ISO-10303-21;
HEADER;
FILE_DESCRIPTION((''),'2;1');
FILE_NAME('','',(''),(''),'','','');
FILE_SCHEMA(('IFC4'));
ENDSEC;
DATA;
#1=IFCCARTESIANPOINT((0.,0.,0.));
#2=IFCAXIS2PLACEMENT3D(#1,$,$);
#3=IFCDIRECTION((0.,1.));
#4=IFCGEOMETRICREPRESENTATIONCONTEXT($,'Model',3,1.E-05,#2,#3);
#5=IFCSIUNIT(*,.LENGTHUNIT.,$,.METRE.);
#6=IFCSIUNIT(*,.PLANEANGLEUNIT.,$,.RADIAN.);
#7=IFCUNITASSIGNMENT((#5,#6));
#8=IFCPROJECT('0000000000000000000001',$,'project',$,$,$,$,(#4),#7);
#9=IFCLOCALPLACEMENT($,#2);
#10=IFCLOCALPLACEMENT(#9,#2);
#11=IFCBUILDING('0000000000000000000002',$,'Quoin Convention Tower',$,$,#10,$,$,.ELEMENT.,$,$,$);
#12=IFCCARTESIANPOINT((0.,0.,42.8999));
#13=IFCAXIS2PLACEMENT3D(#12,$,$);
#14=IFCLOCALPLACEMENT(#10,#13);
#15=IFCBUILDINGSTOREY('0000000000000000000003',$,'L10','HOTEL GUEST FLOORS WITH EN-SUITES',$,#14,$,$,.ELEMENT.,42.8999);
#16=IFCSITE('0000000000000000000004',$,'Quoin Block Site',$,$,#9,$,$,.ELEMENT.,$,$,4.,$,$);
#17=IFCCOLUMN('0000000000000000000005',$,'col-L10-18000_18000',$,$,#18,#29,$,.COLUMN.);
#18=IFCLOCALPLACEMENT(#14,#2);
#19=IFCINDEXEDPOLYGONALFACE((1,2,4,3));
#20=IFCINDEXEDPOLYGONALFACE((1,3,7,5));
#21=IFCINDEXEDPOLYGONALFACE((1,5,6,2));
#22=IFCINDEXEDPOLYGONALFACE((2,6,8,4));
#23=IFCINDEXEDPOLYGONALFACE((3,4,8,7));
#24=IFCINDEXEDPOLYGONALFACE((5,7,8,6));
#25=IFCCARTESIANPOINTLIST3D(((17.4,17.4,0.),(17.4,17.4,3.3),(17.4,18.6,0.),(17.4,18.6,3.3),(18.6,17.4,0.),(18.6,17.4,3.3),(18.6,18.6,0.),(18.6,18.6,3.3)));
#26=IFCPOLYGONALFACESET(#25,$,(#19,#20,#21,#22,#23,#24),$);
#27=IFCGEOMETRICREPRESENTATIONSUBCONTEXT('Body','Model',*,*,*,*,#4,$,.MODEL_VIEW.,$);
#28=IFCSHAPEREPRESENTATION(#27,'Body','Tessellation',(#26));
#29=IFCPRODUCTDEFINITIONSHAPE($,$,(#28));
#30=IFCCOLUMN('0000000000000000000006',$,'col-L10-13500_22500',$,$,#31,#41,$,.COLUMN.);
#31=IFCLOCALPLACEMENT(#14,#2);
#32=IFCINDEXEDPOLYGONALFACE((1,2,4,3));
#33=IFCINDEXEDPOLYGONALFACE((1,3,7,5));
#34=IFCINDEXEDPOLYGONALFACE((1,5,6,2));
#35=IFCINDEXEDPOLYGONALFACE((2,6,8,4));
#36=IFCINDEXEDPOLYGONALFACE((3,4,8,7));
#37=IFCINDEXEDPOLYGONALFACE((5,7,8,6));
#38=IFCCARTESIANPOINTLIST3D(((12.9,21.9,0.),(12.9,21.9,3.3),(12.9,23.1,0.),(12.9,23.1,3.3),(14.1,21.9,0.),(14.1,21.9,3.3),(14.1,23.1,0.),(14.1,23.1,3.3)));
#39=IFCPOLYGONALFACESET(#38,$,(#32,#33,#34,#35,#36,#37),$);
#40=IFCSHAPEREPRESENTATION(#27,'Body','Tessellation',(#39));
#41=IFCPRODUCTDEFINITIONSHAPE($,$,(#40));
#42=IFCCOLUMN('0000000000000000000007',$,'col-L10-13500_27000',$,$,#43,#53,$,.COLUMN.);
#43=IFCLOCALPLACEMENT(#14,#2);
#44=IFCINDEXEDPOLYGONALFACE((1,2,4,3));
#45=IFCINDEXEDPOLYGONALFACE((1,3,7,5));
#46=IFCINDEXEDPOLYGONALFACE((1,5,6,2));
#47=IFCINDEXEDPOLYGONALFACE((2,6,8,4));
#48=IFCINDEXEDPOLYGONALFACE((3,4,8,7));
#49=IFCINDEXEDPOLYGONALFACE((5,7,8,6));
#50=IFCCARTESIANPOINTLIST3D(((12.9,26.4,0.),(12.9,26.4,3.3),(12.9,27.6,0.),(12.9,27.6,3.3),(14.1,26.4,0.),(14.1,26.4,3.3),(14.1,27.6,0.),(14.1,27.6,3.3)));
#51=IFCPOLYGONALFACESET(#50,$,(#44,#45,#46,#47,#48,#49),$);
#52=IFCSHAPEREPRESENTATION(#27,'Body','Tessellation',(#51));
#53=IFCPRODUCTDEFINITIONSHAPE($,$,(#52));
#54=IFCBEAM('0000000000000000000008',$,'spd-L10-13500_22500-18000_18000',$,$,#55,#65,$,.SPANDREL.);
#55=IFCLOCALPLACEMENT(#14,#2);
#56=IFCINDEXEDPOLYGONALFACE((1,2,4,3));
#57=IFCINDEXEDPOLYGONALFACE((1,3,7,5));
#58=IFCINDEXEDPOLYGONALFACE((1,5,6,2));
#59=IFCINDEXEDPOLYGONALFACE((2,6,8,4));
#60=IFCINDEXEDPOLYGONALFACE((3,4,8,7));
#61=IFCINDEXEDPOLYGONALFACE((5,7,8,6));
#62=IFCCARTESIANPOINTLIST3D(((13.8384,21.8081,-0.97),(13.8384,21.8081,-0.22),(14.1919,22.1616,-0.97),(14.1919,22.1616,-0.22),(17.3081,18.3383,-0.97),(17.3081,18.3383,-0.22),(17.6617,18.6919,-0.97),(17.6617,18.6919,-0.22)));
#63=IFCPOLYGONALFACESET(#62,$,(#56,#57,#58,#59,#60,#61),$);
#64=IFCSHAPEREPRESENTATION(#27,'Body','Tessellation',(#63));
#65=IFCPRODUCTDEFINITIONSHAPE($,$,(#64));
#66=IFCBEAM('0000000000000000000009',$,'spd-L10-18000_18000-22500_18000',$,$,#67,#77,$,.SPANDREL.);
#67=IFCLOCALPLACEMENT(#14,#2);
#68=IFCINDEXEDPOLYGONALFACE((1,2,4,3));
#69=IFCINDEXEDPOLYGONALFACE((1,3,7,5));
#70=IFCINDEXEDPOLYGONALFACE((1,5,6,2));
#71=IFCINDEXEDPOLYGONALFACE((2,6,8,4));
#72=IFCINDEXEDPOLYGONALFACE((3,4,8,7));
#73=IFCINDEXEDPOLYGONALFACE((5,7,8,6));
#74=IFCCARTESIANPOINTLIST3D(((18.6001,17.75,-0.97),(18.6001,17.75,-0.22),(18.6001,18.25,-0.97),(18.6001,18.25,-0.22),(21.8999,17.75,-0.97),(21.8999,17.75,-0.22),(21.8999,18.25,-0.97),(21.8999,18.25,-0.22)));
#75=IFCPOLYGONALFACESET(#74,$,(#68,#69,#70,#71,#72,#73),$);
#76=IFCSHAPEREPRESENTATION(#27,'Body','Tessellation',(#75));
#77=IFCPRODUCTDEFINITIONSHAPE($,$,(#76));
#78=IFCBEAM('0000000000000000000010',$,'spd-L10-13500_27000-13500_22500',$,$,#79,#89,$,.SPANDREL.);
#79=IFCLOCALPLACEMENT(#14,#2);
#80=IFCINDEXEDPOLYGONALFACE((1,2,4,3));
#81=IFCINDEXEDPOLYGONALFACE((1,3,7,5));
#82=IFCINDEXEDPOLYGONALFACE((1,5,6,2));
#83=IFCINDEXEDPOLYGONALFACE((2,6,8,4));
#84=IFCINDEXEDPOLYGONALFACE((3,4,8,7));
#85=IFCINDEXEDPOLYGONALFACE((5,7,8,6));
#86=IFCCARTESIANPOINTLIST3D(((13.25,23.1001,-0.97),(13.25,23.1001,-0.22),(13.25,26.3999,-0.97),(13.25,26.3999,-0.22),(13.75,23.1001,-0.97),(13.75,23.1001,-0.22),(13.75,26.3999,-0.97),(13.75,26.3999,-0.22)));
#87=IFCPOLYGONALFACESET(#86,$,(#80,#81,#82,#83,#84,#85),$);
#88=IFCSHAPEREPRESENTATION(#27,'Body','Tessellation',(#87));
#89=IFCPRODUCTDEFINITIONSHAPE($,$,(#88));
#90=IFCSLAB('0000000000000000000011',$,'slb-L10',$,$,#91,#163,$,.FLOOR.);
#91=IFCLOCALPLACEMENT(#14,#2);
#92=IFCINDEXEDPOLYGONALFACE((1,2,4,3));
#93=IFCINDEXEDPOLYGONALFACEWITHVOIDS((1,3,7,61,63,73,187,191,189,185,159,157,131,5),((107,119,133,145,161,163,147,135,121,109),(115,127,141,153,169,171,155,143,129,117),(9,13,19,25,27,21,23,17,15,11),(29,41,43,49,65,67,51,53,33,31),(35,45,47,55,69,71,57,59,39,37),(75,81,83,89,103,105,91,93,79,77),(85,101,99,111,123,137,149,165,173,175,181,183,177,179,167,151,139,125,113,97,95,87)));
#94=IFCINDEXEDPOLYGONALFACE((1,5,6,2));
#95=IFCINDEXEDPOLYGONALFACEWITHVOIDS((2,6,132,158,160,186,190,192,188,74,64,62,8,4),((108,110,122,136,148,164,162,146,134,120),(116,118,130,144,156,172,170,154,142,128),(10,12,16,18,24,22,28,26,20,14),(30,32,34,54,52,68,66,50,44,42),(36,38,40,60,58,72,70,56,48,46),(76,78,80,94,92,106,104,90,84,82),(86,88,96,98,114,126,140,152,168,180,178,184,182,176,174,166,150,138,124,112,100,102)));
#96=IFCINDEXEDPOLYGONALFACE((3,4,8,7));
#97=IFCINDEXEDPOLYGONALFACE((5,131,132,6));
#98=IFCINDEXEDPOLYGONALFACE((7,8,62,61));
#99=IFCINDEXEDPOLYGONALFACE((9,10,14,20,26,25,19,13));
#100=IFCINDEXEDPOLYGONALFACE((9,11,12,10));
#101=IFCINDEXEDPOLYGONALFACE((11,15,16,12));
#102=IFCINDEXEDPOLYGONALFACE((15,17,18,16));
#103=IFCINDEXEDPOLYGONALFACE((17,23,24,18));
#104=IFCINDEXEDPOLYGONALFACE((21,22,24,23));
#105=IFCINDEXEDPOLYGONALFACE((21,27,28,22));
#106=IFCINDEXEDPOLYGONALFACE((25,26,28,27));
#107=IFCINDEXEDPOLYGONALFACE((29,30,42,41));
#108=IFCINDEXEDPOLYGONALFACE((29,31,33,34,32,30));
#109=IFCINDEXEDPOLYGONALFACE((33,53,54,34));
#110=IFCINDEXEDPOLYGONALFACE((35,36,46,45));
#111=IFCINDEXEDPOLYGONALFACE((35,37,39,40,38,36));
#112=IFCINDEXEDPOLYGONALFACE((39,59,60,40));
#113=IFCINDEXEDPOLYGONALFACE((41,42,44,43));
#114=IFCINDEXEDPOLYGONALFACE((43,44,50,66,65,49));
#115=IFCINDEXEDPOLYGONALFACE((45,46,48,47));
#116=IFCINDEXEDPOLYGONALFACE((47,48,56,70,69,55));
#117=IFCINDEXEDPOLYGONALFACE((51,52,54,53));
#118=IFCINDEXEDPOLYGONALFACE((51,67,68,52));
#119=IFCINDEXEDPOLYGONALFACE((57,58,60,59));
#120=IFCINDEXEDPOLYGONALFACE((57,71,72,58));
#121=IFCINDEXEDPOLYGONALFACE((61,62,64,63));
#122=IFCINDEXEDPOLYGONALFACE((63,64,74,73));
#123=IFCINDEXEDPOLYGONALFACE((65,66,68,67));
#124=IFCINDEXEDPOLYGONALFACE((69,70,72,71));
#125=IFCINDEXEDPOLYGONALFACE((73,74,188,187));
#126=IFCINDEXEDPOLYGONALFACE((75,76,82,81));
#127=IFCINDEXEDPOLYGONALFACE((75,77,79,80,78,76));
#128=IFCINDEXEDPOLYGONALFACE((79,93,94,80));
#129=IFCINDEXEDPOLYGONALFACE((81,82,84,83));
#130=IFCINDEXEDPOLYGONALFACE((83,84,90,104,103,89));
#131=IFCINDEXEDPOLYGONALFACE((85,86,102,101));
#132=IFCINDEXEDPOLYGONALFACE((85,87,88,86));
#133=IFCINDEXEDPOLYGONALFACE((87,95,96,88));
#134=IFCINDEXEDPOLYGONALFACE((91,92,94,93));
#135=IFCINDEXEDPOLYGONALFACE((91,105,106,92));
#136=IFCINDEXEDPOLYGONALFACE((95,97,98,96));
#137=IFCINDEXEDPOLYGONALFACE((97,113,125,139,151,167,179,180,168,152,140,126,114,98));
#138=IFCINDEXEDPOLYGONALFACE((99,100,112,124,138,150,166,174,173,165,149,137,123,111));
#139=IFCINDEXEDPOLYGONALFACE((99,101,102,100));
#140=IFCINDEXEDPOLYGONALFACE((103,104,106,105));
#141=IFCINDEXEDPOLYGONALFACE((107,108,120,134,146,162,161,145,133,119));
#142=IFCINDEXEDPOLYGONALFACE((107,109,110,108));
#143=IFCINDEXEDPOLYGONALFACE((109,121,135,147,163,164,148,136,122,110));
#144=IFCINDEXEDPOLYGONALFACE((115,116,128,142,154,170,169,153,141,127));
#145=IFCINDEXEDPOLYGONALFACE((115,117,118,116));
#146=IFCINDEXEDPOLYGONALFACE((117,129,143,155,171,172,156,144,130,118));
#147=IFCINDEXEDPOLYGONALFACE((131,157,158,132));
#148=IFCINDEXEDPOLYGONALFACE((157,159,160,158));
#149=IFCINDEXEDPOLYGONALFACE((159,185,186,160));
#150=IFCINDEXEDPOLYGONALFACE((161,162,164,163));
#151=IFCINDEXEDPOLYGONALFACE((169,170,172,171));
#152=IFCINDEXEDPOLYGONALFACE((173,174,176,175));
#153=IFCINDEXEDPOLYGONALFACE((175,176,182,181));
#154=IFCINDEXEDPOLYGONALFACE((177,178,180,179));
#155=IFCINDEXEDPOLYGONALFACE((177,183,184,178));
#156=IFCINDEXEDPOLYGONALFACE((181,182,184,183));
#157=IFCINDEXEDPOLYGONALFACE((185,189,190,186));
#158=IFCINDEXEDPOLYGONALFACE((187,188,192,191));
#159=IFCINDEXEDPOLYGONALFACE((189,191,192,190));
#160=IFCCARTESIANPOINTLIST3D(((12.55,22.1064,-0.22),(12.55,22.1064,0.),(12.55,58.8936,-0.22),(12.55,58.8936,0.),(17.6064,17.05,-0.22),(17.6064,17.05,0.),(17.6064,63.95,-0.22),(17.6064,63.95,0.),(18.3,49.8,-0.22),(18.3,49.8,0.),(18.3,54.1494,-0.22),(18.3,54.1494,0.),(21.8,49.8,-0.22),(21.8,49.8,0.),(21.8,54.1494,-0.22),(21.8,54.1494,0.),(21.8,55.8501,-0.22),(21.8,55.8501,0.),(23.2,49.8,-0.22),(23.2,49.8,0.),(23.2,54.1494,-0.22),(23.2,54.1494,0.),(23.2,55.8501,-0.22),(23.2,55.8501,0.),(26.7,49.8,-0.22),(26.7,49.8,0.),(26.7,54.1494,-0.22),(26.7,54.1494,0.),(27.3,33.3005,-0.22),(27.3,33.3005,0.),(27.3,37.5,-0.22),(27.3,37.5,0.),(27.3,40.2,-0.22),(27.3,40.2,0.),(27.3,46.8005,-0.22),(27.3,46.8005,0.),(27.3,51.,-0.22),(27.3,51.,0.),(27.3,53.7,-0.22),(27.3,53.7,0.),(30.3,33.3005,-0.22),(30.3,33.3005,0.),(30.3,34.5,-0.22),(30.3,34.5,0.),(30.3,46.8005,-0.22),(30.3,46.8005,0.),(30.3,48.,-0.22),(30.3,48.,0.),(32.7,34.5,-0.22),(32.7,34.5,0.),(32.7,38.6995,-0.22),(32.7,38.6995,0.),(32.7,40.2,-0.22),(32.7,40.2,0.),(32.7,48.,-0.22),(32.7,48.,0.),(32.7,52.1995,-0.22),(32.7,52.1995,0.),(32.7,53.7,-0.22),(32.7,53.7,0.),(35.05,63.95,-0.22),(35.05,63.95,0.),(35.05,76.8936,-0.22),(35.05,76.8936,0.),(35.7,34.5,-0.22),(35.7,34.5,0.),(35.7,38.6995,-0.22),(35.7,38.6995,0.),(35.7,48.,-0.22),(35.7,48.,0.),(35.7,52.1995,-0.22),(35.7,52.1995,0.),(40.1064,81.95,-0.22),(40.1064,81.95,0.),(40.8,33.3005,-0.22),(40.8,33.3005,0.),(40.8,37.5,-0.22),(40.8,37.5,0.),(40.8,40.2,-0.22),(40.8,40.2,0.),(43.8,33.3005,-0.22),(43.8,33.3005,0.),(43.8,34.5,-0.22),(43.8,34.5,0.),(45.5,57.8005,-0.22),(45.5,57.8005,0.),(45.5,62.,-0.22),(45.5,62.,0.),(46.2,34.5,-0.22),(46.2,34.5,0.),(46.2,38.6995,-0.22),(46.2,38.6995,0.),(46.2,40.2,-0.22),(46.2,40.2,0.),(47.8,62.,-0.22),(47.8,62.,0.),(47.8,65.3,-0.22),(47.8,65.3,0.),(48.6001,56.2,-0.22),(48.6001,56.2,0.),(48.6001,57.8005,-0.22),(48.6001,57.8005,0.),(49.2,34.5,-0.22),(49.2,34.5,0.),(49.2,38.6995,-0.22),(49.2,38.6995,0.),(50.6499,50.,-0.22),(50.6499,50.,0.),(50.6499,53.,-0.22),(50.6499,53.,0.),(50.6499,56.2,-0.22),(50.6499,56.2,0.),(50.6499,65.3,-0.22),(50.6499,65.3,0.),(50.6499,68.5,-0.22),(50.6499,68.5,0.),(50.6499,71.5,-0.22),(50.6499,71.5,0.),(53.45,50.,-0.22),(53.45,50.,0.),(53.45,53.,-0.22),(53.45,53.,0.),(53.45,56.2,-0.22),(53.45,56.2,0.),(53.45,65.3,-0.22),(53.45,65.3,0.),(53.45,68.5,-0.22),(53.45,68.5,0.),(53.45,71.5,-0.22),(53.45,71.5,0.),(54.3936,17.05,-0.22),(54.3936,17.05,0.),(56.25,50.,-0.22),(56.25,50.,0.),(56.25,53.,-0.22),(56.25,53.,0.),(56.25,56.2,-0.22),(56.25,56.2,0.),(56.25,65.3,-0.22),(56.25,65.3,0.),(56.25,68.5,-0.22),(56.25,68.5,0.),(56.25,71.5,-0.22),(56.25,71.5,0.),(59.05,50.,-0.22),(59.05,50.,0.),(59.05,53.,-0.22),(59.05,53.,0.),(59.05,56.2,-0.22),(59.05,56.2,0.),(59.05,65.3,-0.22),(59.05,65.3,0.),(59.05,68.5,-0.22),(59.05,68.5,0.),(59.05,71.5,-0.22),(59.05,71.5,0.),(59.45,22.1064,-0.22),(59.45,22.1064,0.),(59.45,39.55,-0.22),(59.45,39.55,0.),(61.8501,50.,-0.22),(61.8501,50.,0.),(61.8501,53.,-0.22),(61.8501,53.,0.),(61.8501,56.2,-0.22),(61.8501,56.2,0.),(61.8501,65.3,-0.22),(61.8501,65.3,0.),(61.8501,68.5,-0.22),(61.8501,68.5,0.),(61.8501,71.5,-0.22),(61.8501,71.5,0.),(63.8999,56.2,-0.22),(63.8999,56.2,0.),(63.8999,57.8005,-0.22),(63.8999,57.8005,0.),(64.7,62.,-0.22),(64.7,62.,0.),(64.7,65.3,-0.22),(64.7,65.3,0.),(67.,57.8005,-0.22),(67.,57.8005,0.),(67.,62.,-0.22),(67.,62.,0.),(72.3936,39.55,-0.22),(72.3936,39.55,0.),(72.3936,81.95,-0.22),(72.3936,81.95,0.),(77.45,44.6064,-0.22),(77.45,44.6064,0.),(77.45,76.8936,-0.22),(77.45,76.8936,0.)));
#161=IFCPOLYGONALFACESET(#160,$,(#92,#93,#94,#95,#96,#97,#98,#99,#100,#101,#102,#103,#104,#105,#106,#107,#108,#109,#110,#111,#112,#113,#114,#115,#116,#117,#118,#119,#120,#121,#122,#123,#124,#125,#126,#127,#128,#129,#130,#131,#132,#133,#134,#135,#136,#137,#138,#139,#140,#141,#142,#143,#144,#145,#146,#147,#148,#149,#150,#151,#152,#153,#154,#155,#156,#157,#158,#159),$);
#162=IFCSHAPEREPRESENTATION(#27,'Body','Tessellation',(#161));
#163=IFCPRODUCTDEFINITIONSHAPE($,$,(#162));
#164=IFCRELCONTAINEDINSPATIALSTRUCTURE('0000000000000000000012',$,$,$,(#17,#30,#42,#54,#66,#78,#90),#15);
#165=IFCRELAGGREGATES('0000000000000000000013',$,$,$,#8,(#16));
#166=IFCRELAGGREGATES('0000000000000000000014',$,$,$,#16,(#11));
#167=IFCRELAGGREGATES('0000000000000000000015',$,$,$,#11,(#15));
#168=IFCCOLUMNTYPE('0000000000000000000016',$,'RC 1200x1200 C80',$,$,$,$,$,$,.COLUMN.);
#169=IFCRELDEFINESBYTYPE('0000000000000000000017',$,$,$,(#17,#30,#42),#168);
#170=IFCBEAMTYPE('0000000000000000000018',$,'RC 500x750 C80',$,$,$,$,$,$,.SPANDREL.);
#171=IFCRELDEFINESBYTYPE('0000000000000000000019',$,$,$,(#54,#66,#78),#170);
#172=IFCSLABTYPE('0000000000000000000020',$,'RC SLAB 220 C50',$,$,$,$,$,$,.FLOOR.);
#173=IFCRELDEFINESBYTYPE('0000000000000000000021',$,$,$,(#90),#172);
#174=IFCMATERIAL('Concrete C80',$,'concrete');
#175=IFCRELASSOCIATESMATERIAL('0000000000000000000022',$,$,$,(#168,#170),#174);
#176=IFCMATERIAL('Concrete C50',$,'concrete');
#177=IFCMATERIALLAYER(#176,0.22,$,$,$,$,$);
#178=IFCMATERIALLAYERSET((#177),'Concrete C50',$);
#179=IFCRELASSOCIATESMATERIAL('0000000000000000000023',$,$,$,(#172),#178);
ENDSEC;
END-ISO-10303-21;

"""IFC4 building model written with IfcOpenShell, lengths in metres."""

from ifc_helpers import new_model, si_unit, direction, frame, origin, origin_2d, place, context, subcontext, project, spatial, polyline, rectangle, outline, extrude, material, layer, layer_set, material_profile, profile_set, type_object, element, save


model = new_model("IFC4")

# Units and contexts
model_context = context("Model", 3, precision=1e-05, world=origin(), true_north=direction((0.0, 1.0)))
body_context = subcontext(model_context, "Body", "Model", "MODEL_VIEW")
ifc_project = project(units=[si_unit("LENGTHUNIT", "METRE"), si_unit("PLANEANGLEUNIT", "RADIAN")], contexts=[model_context])

# Site, building, storey
site_placement = place(None, origin())
site = spatial("IfcSite", under=ifc_project, at=site_placement, Name="Quoin Block Site", CompositionType="ELEMENT", RefElevation=4.0)
building_placement = place(site_placement, origin())
building = spatial("IfcBuilding", under=site, at=building_placement, Name="Quoin Convention Tower", CompositionType="ELEMENT")
storey_placement = place(building_placement, frame((0.0, 0.0, 42.8999)))
storey = spatial("IfcBuildingStorey", under=building, at=storey_placement, Name="L10", Description="HOTEL GUEST FLOORS WITH EN-SUITES", CompositionType="ELEMENT", Elevation=42.8999)

# Columns
ifc_material_1 = material(Name="Concrete C80", Category="concrete")
ifc_material_profile_1 = material_profile(ifc_material_1, rectangle(XDim=1.2, YDim=1.2, at=origin_2d()), Name="RC 1200x1200")
ifc_profile_set_1 = profile_set([ifc_material_profile_1], Name="Concrete C80")
column_type = type_object("IfcColumnType", Name="RC 1200x1200 C80", PredefinedType="COLUMN", material=ifc_profile_set_1)
for number, where, z_axis, x_axis, name in (
    (1, (18.0, 18.0, 0.0), (0.0, 0.0, 1.0), (1.0, 0.0, 0.0), "col-L10-18000_18000"),
    (2, (13.5, 22.5, 0.0), (0.0, 0.0, 1.0), (1.0, 0.0, 0.0), "col-L10-13500_22500"),
    (3, (13.5, 27.0, 0.0), (0.0, 0.0, 1.0), (1.0, 0.0, 0.0), "col-L10-13500_27000"),
):
    element("IfcColumn", number, at=place(storey_placement, frame(where, z_axis=z_axis, x_axis=x_axis)), inside=storey, type_object=column_type, Name=name, PredefinedType="COLUMN", context=body_context, shape_type="SweptSolid", body=[
        extrude(rectangle(XDim=1.2, YDim=1.2, at=origin_2d()), origin(), (0.0, 0.0, 1.0), 3.3),
    ])

# Beams
ifc_material_profile_2 = material_profile(ifc_material_1, rectangle(XDim=0.5, YDim=0.75, at=origin_2d()), Name="RC 500x750")
ifc_profile_set_2 = profile_set([ifc_material_profile_2], Name="Concrete C80")
beam_type = type_object("IfcBeamType", Name="RC 500x750 C80", PredefinedType="SPANDREL", material=ifc_profile_set_2)
beam_placement = place(storey_placement, frame((14.0151, 21.9849, -0.595), z_axis=(0.707107, -0.707107, 0.0), x_axis=(0.707107, 0.707107, 0.0)))
element("IfcBeam", 4, at=beam_placement, inside=storey, type_object=beam_type, Name="spd-L10-13500_22500-18000_18000", PredefinedType="SPANDREL", context=body_context, shape_type="SweptSolid", body=[
    extrude(rectangle(XDim=0.5, YDim=0.75, at=origin_2d()), origin(), (0.0, 0.0, 1.0), 4.907),
])
for number, where, z_axis, x_axis, name in (
    (5, (18.6001, 18.0, -0.595), (1.0, 0.0, 0.0), (0.0, 1.0, 0.0), "spd-L10-18000_18000-22500_18000"),
    (6, (13.5, 26.3999, -0.595), (0.0, -1.0, 0.0), (1.0, 0.0, 0.0), "spd-L10-13500_27000-13500_22500"),
):
    element("IfcBeam", number, at=place(storey_placement, frame(where, z_axis=z_axis, x_axis=x_axis)), inside=storey, type_object=beam_type, Name=name, PredefinedType="SPANDREL", context=body_context, shape_type="SweptSolid", body=[
        extrude(rectangle(XDim=0.5, YDim=0.75, at=origin_2d()), origin(), (0.0, 0.0, 1.0), 3.2998),
    ])

# Slab
ifc_material_2 = material(Name="Concrete C50", Category="concrete")
ifc_layer_1 = layer(ifc_material_2, 0.22)
ifc_layer_set_1 = layer_set([ifc_layer_1], Name="Concrete C50")
slab_type_1 = type_object("IfcSlabType", Name="RC SLAB 220 C50", PredefinedType="FLOOR", material=ifc_layer_set_1)
slab_1_placement = place(storey_placement, frame((0.0, 0.0, -0.22)))
element("IfcSlab", 7, at=slab_1_placement, inside=storey, type_object=slab_type_1, Name="slb-L10", PredefinedType="FLOOR", context=body_context, shape_type="SweptSolid", body=[
    extrude(outline(polyline([(12.55, 58.8936), (17.6064, 63.95), (35.05, 63.95), (35.05, 76.8936), (40.1064, 81.95), (72.3936, 81.95), (77.45, 76.8936), (77.45, 44.6064), (72.3936, 39.55), (59.45, 39.55), (59.45, 22.1064), (54.3936, 17.05), (17.6064, 17.05), (12.55, 22.1064), (12.55, 58.8936)]), holes=[polyline([(30.3, 33.3005), (30.3, 34.5), (32.7, 34.5), (35.7, 34.5), (35.7, 38.6995), (32.7, 38.6995), (32.7, 40.2), (27.3, 40.2), (27.3, 37.5), (27.3, 33.3005), (30.3, 33.3005)]), polyline([(43.8, 33.3005), (43.8, 34.5), (46.2, 34.5), (49.2, 34.5), (49.2, 38.6995), (46.2, 38.6995), (46.2, 40.2), (40.8, 40.2), (40.8, 37.5), (40.8, 33.3005), (43.8, 33.3005)]), polyline([(27.3, 46.8005), (30.3, 46.8005), (30.3, 48.0), (32.7, 48.0), (35.7, 48.0), (35.7, 52.1995), (32.7, 52.1995), (32.7, 53.7), (27.3, 53.7), (27.3, 51.0), (27.3, 46.8005)]), polyline([(53.45, 50.0), (56.25, 50.0), (59.05, 50.0), (61.8501, 50.0), (61.8501, 53.0), (59.05, 53.0), (56.25, 53.0), (53.45, 53.0), (50.6499, 53.0), (50.6499, 50.0), (53.45, 50.0)]), polyline([(23.2, 49.8), (26.7, 49.8), (26.7, 54.1494), (23.2, 54.1494), (23.2, 55.8501), (21.8, 55.8501), (21.8, 54.1494), (18.3, 54.1494), (18.3, 49.8), (21.8, 49.8), (23.2, 49.8)]), polyline([(45.5, 57.8005), (48.6001, 57.8005), (48.6001, 56.2), (50.6499, 56.2), (53.45, 56.2), (56.25, 56.2), (59.05, 56.2), (61.8501, 56.2), (63.8999, 56.2), (63.8999, 57.8005), (67.0, 57.8005), (67.0, 62.0), (64.7, 62.0), (64.7, 65.3), (61.8501, 65.3), (59.05, 65.3), (56.25, 65.3), (53.45, 65.3), (50.6499, 65.3), (47.8, 65.3), (47.8, 62.0), (45.5, 62.0), (45.5, 57.8005)]), polyline([(59.05, 68.5), (61.8501, 68.5), (61.8501, 71.5), (59.05, 71.5), (56.25, 71.5), (53.45, 71.5), (50.6499, 71.5), (50.6499, 68.5), (53.45, 68.5), (56.25, 68.5), (59.05, 68.5)])]), origin(), (0.0, 0.0, 1.0), 0.22),
])

save(model, "model.ifc")
